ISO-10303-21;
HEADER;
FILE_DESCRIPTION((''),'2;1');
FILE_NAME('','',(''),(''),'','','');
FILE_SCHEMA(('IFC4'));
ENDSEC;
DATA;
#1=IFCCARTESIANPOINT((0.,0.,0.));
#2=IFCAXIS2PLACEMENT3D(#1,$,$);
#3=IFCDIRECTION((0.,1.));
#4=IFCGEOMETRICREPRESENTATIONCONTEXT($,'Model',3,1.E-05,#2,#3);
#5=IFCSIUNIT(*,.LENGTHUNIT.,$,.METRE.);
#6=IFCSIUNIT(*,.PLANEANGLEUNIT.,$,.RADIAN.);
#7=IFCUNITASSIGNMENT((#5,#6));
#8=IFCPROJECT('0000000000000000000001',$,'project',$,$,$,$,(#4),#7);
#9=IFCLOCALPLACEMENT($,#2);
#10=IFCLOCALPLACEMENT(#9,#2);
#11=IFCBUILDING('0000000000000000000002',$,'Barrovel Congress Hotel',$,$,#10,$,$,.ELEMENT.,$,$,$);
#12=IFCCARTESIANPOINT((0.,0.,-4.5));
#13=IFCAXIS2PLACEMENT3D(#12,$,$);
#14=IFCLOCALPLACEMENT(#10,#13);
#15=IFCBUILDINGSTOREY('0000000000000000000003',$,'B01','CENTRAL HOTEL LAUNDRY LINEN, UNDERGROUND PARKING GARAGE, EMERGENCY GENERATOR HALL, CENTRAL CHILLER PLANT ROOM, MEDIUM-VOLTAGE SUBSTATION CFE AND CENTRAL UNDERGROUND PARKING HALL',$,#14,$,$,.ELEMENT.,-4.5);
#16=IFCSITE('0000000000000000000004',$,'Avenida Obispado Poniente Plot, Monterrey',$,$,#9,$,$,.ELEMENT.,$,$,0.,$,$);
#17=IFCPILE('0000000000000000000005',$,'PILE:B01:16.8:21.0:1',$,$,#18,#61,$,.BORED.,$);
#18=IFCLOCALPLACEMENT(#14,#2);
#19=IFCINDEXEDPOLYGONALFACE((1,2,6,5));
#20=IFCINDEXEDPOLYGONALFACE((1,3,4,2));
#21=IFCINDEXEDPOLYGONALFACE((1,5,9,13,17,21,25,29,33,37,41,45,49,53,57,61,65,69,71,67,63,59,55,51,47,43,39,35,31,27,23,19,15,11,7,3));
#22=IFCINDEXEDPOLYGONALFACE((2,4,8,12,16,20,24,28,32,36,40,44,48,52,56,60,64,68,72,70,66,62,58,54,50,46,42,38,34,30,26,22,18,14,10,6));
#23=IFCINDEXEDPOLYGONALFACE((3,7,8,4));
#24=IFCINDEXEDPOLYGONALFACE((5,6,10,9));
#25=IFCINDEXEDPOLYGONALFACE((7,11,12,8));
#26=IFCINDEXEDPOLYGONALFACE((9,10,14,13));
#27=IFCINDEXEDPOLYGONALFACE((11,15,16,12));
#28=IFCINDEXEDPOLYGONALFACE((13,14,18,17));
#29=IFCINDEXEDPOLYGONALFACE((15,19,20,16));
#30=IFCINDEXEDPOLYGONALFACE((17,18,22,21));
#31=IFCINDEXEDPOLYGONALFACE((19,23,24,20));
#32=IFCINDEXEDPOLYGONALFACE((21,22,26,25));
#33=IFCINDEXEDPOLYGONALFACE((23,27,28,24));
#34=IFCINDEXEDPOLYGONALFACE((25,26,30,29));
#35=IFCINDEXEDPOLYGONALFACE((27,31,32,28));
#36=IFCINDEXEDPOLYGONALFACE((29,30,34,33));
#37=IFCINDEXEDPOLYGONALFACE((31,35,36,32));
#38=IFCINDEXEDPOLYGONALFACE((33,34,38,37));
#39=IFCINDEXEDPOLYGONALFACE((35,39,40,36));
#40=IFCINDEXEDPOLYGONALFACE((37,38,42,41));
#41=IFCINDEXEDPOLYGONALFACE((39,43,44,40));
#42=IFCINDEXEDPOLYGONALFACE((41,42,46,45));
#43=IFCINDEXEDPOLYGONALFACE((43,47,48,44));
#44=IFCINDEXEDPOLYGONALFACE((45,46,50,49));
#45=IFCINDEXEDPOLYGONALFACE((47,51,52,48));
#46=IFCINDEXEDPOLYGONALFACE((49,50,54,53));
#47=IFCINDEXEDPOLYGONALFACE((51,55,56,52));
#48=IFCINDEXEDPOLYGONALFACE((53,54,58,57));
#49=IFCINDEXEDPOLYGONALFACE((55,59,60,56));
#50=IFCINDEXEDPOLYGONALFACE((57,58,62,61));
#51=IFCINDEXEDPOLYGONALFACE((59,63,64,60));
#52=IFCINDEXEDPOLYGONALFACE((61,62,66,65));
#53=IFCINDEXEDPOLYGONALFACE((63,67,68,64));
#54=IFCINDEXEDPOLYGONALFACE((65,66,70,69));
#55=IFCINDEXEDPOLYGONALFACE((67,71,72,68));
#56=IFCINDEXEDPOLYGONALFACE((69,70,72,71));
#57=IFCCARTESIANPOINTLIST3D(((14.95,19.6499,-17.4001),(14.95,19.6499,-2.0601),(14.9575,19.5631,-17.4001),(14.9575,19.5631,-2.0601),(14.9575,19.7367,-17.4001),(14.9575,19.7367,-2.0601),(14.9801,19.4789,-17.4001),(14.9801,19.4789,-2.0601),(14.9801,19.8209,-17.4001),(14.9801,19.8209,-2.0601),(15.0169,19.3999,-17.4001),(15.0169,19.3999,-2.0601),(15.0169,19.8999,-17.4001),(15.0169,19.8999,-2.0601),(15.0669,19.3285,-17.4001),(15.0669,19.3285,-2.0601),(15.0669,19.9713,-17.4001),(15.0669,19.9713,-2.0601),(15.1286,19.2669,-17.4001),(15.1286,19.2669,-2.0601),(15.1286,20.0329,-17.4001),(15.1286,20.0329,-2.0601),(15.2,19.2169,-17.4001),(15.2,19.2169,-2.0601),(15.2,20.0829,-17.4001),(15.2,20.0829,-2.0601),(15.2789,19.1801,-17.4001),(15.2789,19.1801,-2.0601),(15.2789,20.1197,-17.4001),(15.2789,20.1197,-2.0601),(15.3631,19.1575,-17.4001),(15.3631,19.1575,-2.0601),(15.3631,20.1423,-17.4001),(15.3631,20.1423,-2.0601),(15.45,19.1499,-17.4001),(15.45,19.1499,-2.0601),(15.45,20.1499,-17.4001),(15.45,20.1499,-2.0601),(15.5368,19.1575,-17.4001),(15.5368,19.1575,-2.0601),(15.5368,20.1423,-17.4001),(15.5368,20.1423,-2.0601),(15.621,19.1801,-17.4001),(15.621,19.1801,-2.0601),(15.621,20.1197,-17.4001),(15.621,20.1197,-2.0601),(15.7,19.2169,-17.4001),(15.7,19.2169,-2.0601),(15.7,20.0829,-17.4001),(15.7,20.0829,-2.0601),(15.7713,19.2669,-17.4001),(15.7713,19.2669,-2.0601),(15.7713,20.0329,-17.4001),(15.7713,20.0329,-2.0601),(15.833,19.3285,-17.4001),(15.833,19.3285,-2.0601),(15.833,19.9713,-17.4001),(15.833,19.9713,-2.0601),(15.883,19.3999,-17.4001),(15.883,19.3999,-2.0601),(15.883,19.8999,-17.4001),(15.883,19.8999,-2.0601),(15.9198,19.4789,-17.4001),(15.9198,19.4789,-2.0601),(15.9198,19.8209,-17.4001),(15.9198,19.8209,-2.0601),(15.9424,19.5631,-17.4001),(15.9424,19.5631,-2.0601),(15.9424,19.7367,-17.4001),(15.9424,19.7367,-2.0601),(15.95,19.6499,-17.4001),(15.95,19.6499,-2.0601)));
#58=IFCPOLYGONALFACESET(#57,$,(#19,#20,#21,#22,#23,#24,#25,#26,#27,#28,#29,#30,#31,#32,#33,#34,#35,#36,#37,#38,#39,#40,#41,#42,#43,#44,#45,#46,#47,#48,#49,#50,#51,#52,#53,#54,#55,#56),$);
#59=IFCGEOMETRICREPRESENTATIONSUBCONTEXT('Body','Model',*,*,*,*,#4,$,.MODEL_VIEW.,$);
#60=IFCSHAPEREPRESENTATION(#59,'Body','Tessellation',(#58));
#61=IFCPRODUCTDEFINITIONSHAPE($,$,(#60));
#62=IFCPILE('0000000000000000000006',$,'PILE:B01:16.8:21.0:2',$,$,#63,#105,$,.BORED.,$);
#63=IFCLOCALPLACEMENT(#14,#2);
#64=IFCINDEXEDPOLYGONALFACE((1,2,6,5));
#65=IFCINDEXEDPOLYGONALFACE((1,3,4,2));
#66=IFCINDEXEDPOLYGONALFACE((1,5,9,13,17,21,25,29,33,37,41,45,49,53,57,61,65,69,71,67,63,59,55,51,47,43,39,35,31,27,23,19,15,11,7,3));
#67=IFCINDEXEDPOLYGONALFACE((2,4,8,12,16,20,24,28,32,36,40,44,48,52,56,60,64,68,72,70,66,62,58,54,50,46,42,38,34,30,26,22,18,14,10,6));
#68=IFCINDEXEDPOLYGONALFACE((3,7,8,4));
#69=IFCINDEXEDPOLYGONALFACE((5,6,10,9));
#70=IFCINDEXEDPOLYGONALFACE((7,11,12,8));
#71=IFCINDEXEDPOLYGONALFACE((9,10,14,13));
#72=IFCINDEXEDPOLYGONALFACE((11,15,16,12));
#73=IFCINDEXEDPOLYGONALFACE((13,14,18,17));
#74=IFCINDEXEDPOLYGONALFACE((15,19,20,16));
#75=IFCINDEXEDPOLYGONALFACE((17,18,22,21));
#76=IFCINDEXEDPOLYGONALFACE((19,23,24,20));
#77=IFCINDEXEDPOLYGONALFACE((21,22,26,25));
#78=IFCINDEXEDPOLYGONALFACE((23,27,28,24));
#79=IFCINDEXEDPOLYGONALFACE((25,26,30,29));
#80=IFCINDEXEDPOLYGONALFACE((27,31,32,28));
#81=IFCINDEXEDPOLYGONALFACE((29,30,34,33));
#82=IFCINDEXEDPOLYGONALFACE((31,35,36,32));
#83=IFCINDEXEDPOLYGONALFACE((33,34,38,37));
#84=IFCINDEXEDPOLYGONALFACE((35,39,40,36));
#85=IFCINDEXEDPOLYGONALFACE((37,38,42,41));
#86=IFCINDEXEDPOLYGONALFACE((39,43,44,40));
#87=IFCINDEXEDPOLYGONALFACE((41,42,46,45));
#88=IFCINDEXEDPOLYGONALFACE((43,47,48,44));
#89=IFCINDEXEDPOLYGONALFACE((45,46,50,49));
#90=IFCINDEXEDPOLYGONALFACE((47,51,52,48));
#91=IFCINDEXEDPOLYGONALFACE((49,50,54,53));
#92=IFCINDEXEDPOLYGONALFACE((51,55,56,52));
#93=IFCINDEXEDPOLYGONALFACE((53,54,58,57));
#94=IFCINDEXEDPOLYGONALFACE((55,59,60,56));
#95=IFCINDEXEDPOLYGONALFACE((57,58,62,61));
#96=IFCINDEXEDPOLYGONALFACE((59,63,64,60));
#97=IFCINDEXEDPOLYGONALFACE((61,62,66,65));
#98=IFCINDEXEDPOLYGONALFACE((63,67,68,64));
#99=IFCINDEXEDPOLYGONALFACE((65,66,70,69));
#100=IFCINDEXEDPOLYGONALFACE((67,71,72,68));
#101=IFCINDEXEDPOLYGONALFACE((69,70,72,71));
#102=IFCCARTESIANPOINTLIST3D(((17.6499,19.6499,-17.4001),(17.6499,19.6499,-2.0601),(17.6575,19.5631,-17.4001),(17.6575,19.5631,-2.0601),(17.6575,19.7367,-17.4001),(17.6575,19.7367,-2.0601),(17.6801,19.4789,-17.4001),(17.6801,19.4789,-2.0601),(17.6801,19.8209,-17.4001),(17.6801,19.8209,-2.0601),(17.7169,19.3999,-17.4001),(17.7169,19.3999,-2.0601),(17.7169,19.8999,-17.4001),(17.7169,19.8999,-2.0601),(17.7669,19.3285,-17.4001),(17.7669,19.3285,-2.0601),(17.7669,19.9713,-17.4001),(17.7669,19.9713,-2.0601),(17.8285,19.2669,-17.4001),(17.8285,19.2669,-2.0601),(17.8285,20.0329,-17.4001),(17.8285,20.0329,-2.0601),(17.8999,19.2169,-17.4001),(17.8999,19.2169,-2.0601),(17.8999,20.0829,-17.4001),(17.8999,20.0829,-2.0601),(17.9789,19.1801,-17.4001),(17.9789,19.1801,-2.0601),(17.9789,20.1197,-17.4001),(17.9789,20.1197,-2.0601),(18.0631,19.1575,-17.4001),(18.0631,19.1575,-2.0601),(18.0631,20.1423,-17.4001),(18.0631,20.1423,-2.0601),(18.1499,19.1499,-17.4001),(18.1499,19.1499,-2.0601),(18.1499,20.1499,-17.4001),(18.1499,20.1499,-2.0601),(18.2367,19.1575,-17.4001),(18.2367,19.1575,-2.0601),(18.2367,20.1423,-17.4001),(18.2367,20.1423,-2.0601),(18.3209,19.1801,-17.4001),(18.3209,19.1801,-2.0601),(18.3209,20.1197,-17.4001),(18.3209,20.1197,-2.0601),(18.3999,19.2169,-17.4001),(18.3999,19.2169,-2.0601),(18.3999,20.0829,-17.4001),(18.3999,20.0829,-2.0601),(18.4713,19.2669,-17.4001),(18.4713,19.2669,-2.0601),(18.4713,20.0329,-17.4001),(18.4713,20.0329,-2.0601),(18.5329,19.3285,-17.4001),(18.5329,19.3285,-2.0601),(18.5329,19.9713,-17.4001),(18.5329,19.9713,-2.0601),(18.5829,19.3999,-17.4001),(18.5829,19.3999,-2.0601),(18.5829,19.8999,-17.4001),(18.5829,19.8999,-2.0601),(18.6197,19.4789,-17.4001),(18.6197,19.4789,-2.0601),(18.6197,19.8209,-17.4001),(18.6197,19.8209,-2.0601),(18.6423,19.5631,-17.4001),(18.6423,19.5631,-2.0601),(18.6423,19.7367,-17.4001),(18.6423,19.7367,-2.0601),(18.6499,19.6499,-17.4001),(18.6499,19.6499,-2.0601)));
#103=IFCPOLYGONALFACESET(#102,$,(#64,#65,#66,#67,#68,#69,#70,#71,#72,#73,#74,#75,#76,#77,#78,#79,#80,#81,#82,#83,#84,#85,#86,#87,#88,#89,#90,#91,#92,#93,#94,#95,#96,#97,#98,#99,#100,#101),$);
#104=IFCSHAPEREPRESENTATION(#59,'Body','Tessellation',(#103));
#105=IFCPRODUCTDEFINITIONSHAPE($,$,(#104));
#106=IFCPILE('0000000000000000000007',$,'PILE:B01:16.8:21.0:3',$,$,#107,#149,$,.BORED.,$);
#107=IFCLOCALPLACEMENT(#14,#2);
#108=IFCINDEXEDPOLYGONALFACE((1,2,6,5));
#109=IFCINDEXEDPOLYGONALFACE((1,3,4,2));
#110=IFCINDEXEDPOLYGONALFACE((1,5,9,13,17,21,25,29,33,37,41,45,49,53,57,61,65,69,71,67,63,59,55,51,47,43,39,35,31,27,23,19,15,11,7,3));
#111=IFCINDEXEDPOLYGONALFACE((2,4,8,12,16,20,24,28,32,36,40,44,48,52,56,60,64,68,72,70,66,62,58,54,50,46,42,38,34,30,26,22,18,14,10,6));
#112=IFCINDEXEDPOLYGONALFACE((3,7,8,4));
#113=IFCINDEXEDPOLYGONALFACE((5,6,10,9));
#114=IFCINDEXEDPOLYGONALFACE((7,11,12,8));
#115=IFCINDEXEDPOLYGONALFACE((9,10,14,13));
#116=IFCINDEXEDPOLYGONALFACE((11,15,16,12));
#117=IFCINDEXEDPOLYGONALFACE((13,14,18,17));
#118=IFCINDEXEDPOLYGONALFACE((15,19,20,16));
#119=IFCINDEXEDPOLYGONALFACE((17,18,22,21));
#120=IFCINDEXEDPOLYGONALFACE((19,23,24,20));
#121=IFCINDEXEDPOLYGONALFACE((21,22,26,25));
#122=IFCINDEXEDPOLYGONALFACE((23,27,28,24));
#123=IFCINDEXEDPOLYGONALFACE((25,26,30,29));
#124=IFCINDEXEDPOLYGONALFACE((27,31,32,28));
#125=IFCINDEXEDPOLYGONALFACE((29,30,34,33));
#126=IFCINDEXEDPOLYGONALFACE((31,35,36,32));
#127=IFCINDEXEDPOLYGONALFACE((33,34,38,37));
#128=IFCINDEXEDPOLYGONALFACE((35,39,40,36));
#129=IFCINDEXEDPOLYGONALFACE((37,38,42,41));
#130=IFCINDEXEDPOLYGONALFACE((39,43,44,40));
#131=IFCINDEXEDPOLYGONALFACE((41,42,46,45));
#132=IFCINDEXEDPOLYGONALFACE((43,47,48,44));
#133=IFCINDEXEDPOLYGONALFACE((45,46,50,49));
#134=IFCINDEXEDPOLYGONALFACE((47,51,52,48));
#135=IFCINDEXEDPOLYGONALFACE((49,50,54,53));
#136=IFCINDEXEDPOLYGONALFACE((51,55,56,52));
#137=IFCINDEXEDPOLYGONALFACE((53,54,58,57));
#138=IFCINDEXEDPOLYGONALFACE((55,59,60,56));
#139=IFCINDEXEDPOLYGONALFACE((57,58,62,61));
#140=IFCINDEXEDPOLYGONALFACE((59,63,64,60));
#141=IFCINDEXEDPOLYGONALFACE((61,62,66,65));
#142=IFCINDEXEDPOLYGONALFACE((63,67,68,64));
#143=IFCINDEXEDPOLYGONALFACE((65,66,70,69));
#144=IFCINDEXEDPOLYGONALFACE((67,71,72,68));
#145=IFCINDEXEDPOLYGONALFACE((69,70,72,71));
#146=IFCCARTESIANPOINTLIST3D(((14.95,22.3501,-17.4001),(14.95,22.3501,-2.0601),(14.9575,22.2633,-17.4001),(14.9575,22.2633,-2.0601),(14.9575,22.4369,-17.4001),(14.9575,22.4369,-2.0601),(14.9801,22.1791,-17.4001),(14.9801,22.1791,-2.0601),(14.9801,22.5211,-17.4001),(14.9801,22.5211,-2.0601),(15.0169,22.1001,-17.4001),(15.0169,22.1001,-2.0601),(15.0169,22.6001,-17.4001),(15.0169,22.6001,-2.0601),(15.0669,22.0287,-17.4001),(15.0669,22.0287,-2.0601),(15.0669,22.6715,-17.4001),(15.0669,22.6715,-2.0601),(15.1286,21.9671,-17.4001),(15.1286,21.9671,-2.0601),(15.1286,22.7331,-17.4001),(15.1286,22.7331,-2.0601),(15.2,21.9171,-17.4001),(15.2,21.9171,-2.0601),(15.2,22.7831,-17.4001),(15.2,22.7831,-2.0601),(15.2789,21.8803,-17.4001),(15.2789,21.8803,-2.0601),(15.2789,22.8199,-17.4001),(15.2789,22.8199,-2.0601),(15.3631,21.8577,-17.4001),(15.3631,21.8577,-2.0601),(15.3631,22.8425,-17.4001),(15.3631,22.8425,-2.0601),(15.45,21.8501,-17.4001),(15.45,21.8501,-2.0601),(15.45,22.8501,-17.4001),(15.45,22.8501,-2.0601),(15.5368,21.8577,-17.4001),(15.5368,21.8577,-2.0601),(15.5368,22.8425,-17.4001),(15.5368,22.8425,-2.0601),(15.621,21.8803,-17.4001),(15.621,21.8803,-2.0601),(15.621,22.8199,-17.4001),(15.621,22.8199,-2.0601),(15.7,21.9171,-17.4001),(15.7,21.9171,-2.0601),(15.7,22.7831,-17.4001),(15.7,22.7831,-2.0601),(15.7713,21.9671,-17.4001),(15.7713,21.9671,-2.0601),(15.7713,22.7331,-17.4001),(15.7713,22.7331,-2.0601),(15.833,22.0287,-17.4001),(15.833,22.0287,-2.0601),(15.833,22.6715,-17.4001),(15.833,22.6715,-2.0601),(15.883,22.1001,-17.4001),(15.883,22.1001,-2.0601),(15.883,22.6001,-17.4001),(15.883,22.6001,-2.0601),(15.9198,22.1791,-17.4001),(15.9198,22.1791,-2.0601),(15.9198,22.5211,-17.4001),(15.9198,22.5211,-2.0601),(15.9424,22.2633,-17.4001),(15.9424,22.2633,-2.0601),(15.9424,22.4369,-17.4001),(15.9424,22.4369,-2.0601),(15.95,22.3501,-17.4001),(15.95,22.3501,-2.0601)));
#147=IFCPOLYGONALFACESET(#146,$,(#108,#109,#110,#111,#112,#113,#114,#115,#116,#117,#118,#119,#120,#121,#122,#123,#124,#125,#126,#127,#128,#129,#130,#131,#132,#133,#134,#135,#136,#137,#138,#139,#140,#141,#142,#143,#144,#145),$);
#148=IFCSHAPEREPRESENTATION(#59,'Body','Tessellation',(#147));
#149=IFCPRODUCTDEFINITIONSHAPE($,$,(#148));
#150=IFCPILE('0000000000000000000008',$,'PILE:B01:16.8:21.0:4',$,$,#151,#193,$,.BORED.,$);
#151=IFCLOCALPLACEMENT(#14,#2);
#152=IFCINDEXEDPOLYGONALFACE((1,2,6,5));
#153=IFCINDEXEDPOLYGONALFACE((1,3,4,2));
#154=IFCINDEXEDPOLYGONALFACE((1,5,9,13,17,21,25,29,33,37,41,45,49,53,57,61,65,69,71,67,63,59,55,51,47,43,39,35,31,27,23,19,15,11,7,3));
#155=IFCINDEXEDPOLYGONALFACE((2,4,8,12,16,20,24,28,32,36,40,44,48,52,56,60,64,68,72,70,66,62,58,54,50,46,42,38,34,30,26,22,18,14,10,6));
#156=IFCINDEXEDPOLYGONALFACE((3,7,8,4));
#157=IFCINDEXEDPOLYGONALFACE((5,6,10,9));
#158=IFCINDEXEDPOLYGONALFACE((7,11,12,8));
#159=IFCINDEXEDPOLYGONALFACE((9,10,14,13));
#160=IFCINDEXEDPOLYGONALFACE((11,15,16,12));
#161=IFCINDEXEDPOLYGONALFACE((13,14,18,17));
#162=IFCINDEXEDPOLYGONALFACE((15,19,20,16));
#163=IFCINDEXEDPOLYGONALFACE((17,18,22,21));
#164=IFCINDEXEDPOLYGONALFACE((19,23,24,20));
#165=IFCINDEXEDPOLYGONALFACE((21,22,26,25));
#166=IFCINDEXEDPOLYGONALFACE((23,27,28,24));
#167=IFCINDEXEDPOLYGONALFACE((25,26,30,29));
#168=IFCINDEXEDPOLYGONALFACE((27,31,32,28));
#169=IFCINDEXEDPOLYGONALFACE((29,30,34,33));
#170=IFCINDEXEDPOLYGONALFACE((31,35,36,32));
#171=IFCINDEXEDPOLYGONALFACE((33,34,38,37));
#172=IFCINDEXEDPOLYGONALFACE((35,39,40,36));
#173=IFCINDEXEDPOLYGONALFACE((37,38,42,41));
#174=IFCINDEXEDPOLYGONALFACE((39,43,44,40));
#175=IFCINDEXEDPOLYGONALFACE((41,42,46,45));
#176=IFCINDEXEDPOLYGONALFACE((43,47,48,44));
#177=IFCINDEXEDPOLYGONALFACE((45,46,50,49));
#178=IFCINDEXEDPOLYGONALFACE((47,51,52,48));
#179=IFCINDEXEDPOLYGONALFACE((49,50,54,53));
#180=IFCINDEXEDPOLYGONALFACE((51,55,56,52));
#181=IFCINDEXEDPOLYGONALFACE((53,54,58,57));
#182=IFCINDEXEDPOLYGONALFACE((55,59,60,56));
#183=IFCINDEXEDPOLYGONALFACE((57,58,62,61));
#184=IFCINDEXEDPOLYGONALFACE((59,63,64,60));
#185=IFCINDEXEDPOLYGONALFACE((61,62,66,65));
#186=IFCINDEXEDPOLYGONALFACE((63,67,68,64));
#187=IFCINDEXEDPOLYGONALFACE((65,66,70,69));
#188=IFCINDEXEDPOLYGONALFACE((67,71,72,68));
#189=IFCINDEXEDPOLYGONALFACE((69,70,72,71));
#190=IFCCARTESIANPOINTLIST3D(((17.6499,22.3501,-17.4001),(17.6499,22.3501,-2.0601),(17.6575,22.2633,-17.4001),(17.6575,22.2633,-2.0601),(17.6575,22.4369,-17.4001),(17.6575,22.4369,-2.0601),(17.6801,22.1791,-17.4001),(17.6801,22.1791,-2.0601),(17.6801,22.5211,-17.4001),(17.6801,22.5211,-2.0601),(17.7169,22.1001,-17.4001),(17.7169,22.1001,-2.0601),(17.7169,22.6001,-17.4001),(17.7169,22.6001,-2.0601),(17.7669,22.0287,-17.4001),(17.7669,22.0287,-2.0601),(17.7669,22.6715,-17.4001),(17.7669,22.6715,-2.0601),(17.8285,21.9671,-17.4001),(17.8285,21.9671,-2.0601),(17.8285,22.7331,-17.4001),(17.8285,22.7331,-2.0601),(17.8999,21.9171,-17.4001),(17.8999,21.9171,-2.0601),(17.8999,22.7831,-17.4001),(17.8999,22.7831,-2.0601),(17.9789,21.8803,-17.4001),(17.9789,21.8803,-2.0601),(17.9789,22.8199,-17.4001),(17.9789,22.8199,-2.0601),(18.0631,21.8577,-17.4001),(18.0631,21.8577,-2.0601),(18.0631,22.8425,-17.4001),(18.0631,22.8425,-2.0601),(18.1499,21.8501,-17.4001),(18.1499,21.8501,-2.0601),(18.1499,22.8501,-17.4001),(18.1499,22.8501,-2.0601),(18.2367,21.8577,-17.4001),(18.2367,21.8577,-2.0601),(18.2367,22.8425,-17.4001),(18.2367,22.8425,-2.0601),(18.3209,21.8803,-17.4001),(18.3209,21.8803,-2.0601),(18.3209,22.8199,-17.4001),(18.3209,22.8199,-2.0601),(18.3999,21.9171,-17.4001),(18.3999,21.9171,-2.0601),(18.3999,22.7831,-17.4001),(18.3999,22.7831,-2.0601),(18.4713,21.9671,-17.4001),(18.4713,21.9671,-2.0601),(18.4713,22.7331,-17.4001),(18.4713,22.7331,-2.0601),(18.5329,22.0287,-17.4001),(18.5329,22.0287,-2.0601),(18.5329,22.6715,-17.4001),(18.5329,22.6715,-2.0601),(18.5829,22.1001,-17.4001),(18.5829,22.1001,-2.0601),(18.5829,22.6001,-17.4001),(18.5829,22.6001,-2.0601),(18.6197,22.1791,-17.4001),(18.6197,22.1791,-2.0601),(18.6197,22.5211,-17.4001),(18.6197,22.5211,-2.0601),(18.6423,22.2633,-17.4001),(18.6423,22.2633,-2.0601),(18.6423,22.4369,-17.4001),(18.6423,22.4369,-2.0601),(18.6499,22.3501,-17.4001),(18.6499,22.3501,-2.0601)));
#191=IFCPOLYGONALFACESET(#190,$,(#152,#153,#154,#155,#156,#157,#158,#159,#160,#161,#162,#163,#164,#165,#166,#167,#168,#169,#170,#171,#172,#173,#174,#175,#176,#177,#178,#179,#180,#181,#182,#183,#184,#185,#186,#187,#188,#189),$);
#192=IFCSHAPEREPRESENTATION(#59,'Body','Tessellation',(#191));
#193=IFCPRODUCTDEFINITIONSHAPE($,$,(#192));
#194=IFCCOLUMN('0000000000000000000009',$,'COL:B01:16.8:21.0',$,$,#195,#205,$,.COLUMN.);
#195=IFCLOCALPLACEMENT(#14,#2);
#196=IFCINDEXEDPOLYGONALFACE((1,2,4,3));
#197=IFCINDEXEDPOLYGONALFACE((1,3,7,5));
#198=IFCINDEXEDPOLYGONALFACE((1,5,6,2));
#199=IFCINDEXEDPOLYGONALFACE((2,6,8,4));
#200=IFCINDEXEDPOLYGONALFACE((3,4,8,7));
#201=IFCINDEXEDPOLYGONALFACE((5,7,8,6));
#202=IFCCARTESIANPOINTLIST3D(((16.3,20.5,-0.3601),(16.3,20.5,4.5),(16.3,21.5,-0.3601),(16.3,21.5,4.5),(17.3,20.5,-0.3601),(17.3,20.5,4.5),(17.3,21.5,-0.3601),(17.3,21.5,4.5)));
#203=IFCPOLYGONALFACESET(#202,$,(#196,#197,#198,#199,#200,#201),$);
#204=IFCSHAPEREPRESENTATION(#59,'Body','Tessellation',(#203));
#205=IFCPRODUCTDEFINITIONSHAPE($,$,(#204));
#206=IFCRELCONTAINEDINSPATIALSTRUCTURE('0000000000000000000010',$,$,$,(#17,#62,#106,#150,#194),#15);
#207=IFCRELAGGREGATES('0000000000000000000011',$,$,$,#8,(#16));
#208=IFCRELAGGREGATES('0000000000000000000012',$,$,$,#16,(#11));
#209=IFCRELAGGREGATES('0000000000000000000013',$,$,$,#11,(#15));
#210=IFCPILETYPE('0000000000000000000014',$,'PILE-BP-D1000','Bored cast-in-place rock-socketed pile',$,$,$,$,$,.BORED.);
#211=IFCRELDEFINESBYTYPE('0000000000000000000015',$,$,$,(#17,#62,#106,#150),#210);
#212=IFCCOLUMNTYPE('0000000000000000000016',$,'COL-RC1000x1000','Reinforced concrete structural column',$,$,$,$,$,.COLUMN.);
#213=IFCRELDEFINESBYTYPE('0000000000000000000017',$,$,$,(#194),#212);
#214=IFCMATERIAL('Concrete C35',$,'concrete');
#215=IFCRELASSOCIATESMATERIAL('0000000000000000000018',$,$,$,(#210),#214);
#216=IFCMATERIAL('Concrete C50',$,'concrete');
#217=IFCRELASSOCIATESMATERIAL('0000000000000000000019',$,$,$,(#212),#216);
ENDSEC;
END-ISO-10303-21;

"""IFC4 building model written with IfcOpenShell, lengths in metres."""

from ifc_helpers import new_model, si_unit, direction, frame, origin, origin_2d, place, context, subcontext, project, spatial, rectangle, circle, extrude, material, material_profile, profile_set, type_object, element, save


model = new_model("IFC4")

# Units and contexts
model_context = context("Model", 3, precision=1e-05, world=origin(), true_north=direction((0.0, 1.0)))
body_context = subcontext(model_context, "Body", "Model", "MODEL_VIEW")
ifc_project = project(units=[si_unit("LENGTHUNIT", "METRE"), si_unit("PLANEANGLEUNIT", "RADIAN")], contexts=[model_context])

# Site, building, storey
site_placement = place(None, origin())
site = spatial("IfcSite", under=ifc_project, at=site_placement, Name="Avenida Obispado Poniente Plot, Monterrey", CompositionType="ELEMENT", RefElevation=0.0)
building_placement = place(site_placement, origin())
building = spatial("IfcBuilding", under=site, at=building_placement, Name="Barrovel Congress Hotel", CompositionType="ELEMENT")
storey_placement = place(building_placement, frame((0.0, 0.0, -4.5)))
storey = spatial("IfcBuildingStorey", under=building, at=storey_placement, Name="B01", Description="CENTRAL HOTEL LAUNDRY LINEN, UNDERGROUND PARKING GARAGE, EMERGENCY GENERATOR HALL, CENTRAL CHILLER PLANT ROOM, MEDIUM-VOLTAGE SUBSTATION CFE AND CENTRAL UNDERGROUND PARKING HALL", CompositionType="ELEMENT", Elevation=-4.5)

# Piles
ifc_material_1 = material(Name="Concrete C35", Category="concrete")
ifc_material_profile_1 = material_profile(ifc_material_1, circle(Radius=0.5, at=origin_2d()), Name="BP-D1000")
ifc_profile_set_1 = profile_set([ifc_material_profile_1], Name="Concrete C35")
pile_type = type_object("IfcPileType", Name="PILE-BP-D1000", Description="Bored cast-in-place rock-socketed pile", PredefinedType="BORED", material=ifc_profile_set_1)
for number, where, z_axis, x_axis, name in (
    (1, (15.45, 19.6499, -2.0601), (0.0, 0.0, -1.0), (1.0, 0.0, 0.0), "PILE:B01:16.8:21.0:1"),
    (2, (18.1499, 19.6499, -2.0601), (0.0, 0.0, -1.0), (1.0, 0.0, 0.0), "PILE:B01:16.8:21.0:2"),
    (3, (15.45, 22.3501, -2.0601), (0.0, 0.0, -1.0), (1.0, 0.0, 0.0), "PILE:B01:16.8:21.0:3"),
    (4, (18.1499, 22.3501, -2.0601), (0.0, 0.0, -1.0), (1.0, 0.0, 0.0), "PILE:B01:16.8:21.0:4"),
):
    element("IfcPile", number, at=place(storey_placement, frame(where, z_axis=z_axis, x_axis=x_axis)), inside=storey, type_object=pile_type, Name=name, PredefinedType="BORED", context=body_context, shape_type="SweptSolid", body=[
        extrude(circle(Radius=0.5, at=origin_2d()), origin(), (0.0, 0.0, 1.0), 15.3401),
    ])

# Column
ifc_material_2 = material(Name="Concrete C50", Category="concrete")
ifc_material_profile_2 = material_profile(ifc_material_2, rectangle(XDim=1.0, YDim=1.0, at=origin_2d()), Name="RC1000x1000")
ifc_profile_set_2 = profile_set([ifc_material_profile_2], Name="Concrete C50")
column_type_1 = type_object("IfcColumnType", Name="COL-RC1000x1000", Description="Reinforced concrete structural column", PredefinedType="COLUMN", material=ifc_profile_set_2)
column_1_placement = place(storey_placement, frame((16.8, 21.0, -0.3601), z_axis=(0.0, 0.0, 1.0), x_axis=(1.0, 0.0, 0.0)))
element("IfcColumn", 5, at=column_1_placement, inside=storey, type_object=column_type_1, Name="COL:B01:16.8:21.0", PredefinedType="COLUMN", context=body_context, shape_type="SweptSolid", body=[
    extrude(rectangle(XDim=1.0, YDim=1.0, at=origin_2d()), origin(), (0.0, 0.0, 1.0), 4.8601),
])

save(model, "model.ifc")
